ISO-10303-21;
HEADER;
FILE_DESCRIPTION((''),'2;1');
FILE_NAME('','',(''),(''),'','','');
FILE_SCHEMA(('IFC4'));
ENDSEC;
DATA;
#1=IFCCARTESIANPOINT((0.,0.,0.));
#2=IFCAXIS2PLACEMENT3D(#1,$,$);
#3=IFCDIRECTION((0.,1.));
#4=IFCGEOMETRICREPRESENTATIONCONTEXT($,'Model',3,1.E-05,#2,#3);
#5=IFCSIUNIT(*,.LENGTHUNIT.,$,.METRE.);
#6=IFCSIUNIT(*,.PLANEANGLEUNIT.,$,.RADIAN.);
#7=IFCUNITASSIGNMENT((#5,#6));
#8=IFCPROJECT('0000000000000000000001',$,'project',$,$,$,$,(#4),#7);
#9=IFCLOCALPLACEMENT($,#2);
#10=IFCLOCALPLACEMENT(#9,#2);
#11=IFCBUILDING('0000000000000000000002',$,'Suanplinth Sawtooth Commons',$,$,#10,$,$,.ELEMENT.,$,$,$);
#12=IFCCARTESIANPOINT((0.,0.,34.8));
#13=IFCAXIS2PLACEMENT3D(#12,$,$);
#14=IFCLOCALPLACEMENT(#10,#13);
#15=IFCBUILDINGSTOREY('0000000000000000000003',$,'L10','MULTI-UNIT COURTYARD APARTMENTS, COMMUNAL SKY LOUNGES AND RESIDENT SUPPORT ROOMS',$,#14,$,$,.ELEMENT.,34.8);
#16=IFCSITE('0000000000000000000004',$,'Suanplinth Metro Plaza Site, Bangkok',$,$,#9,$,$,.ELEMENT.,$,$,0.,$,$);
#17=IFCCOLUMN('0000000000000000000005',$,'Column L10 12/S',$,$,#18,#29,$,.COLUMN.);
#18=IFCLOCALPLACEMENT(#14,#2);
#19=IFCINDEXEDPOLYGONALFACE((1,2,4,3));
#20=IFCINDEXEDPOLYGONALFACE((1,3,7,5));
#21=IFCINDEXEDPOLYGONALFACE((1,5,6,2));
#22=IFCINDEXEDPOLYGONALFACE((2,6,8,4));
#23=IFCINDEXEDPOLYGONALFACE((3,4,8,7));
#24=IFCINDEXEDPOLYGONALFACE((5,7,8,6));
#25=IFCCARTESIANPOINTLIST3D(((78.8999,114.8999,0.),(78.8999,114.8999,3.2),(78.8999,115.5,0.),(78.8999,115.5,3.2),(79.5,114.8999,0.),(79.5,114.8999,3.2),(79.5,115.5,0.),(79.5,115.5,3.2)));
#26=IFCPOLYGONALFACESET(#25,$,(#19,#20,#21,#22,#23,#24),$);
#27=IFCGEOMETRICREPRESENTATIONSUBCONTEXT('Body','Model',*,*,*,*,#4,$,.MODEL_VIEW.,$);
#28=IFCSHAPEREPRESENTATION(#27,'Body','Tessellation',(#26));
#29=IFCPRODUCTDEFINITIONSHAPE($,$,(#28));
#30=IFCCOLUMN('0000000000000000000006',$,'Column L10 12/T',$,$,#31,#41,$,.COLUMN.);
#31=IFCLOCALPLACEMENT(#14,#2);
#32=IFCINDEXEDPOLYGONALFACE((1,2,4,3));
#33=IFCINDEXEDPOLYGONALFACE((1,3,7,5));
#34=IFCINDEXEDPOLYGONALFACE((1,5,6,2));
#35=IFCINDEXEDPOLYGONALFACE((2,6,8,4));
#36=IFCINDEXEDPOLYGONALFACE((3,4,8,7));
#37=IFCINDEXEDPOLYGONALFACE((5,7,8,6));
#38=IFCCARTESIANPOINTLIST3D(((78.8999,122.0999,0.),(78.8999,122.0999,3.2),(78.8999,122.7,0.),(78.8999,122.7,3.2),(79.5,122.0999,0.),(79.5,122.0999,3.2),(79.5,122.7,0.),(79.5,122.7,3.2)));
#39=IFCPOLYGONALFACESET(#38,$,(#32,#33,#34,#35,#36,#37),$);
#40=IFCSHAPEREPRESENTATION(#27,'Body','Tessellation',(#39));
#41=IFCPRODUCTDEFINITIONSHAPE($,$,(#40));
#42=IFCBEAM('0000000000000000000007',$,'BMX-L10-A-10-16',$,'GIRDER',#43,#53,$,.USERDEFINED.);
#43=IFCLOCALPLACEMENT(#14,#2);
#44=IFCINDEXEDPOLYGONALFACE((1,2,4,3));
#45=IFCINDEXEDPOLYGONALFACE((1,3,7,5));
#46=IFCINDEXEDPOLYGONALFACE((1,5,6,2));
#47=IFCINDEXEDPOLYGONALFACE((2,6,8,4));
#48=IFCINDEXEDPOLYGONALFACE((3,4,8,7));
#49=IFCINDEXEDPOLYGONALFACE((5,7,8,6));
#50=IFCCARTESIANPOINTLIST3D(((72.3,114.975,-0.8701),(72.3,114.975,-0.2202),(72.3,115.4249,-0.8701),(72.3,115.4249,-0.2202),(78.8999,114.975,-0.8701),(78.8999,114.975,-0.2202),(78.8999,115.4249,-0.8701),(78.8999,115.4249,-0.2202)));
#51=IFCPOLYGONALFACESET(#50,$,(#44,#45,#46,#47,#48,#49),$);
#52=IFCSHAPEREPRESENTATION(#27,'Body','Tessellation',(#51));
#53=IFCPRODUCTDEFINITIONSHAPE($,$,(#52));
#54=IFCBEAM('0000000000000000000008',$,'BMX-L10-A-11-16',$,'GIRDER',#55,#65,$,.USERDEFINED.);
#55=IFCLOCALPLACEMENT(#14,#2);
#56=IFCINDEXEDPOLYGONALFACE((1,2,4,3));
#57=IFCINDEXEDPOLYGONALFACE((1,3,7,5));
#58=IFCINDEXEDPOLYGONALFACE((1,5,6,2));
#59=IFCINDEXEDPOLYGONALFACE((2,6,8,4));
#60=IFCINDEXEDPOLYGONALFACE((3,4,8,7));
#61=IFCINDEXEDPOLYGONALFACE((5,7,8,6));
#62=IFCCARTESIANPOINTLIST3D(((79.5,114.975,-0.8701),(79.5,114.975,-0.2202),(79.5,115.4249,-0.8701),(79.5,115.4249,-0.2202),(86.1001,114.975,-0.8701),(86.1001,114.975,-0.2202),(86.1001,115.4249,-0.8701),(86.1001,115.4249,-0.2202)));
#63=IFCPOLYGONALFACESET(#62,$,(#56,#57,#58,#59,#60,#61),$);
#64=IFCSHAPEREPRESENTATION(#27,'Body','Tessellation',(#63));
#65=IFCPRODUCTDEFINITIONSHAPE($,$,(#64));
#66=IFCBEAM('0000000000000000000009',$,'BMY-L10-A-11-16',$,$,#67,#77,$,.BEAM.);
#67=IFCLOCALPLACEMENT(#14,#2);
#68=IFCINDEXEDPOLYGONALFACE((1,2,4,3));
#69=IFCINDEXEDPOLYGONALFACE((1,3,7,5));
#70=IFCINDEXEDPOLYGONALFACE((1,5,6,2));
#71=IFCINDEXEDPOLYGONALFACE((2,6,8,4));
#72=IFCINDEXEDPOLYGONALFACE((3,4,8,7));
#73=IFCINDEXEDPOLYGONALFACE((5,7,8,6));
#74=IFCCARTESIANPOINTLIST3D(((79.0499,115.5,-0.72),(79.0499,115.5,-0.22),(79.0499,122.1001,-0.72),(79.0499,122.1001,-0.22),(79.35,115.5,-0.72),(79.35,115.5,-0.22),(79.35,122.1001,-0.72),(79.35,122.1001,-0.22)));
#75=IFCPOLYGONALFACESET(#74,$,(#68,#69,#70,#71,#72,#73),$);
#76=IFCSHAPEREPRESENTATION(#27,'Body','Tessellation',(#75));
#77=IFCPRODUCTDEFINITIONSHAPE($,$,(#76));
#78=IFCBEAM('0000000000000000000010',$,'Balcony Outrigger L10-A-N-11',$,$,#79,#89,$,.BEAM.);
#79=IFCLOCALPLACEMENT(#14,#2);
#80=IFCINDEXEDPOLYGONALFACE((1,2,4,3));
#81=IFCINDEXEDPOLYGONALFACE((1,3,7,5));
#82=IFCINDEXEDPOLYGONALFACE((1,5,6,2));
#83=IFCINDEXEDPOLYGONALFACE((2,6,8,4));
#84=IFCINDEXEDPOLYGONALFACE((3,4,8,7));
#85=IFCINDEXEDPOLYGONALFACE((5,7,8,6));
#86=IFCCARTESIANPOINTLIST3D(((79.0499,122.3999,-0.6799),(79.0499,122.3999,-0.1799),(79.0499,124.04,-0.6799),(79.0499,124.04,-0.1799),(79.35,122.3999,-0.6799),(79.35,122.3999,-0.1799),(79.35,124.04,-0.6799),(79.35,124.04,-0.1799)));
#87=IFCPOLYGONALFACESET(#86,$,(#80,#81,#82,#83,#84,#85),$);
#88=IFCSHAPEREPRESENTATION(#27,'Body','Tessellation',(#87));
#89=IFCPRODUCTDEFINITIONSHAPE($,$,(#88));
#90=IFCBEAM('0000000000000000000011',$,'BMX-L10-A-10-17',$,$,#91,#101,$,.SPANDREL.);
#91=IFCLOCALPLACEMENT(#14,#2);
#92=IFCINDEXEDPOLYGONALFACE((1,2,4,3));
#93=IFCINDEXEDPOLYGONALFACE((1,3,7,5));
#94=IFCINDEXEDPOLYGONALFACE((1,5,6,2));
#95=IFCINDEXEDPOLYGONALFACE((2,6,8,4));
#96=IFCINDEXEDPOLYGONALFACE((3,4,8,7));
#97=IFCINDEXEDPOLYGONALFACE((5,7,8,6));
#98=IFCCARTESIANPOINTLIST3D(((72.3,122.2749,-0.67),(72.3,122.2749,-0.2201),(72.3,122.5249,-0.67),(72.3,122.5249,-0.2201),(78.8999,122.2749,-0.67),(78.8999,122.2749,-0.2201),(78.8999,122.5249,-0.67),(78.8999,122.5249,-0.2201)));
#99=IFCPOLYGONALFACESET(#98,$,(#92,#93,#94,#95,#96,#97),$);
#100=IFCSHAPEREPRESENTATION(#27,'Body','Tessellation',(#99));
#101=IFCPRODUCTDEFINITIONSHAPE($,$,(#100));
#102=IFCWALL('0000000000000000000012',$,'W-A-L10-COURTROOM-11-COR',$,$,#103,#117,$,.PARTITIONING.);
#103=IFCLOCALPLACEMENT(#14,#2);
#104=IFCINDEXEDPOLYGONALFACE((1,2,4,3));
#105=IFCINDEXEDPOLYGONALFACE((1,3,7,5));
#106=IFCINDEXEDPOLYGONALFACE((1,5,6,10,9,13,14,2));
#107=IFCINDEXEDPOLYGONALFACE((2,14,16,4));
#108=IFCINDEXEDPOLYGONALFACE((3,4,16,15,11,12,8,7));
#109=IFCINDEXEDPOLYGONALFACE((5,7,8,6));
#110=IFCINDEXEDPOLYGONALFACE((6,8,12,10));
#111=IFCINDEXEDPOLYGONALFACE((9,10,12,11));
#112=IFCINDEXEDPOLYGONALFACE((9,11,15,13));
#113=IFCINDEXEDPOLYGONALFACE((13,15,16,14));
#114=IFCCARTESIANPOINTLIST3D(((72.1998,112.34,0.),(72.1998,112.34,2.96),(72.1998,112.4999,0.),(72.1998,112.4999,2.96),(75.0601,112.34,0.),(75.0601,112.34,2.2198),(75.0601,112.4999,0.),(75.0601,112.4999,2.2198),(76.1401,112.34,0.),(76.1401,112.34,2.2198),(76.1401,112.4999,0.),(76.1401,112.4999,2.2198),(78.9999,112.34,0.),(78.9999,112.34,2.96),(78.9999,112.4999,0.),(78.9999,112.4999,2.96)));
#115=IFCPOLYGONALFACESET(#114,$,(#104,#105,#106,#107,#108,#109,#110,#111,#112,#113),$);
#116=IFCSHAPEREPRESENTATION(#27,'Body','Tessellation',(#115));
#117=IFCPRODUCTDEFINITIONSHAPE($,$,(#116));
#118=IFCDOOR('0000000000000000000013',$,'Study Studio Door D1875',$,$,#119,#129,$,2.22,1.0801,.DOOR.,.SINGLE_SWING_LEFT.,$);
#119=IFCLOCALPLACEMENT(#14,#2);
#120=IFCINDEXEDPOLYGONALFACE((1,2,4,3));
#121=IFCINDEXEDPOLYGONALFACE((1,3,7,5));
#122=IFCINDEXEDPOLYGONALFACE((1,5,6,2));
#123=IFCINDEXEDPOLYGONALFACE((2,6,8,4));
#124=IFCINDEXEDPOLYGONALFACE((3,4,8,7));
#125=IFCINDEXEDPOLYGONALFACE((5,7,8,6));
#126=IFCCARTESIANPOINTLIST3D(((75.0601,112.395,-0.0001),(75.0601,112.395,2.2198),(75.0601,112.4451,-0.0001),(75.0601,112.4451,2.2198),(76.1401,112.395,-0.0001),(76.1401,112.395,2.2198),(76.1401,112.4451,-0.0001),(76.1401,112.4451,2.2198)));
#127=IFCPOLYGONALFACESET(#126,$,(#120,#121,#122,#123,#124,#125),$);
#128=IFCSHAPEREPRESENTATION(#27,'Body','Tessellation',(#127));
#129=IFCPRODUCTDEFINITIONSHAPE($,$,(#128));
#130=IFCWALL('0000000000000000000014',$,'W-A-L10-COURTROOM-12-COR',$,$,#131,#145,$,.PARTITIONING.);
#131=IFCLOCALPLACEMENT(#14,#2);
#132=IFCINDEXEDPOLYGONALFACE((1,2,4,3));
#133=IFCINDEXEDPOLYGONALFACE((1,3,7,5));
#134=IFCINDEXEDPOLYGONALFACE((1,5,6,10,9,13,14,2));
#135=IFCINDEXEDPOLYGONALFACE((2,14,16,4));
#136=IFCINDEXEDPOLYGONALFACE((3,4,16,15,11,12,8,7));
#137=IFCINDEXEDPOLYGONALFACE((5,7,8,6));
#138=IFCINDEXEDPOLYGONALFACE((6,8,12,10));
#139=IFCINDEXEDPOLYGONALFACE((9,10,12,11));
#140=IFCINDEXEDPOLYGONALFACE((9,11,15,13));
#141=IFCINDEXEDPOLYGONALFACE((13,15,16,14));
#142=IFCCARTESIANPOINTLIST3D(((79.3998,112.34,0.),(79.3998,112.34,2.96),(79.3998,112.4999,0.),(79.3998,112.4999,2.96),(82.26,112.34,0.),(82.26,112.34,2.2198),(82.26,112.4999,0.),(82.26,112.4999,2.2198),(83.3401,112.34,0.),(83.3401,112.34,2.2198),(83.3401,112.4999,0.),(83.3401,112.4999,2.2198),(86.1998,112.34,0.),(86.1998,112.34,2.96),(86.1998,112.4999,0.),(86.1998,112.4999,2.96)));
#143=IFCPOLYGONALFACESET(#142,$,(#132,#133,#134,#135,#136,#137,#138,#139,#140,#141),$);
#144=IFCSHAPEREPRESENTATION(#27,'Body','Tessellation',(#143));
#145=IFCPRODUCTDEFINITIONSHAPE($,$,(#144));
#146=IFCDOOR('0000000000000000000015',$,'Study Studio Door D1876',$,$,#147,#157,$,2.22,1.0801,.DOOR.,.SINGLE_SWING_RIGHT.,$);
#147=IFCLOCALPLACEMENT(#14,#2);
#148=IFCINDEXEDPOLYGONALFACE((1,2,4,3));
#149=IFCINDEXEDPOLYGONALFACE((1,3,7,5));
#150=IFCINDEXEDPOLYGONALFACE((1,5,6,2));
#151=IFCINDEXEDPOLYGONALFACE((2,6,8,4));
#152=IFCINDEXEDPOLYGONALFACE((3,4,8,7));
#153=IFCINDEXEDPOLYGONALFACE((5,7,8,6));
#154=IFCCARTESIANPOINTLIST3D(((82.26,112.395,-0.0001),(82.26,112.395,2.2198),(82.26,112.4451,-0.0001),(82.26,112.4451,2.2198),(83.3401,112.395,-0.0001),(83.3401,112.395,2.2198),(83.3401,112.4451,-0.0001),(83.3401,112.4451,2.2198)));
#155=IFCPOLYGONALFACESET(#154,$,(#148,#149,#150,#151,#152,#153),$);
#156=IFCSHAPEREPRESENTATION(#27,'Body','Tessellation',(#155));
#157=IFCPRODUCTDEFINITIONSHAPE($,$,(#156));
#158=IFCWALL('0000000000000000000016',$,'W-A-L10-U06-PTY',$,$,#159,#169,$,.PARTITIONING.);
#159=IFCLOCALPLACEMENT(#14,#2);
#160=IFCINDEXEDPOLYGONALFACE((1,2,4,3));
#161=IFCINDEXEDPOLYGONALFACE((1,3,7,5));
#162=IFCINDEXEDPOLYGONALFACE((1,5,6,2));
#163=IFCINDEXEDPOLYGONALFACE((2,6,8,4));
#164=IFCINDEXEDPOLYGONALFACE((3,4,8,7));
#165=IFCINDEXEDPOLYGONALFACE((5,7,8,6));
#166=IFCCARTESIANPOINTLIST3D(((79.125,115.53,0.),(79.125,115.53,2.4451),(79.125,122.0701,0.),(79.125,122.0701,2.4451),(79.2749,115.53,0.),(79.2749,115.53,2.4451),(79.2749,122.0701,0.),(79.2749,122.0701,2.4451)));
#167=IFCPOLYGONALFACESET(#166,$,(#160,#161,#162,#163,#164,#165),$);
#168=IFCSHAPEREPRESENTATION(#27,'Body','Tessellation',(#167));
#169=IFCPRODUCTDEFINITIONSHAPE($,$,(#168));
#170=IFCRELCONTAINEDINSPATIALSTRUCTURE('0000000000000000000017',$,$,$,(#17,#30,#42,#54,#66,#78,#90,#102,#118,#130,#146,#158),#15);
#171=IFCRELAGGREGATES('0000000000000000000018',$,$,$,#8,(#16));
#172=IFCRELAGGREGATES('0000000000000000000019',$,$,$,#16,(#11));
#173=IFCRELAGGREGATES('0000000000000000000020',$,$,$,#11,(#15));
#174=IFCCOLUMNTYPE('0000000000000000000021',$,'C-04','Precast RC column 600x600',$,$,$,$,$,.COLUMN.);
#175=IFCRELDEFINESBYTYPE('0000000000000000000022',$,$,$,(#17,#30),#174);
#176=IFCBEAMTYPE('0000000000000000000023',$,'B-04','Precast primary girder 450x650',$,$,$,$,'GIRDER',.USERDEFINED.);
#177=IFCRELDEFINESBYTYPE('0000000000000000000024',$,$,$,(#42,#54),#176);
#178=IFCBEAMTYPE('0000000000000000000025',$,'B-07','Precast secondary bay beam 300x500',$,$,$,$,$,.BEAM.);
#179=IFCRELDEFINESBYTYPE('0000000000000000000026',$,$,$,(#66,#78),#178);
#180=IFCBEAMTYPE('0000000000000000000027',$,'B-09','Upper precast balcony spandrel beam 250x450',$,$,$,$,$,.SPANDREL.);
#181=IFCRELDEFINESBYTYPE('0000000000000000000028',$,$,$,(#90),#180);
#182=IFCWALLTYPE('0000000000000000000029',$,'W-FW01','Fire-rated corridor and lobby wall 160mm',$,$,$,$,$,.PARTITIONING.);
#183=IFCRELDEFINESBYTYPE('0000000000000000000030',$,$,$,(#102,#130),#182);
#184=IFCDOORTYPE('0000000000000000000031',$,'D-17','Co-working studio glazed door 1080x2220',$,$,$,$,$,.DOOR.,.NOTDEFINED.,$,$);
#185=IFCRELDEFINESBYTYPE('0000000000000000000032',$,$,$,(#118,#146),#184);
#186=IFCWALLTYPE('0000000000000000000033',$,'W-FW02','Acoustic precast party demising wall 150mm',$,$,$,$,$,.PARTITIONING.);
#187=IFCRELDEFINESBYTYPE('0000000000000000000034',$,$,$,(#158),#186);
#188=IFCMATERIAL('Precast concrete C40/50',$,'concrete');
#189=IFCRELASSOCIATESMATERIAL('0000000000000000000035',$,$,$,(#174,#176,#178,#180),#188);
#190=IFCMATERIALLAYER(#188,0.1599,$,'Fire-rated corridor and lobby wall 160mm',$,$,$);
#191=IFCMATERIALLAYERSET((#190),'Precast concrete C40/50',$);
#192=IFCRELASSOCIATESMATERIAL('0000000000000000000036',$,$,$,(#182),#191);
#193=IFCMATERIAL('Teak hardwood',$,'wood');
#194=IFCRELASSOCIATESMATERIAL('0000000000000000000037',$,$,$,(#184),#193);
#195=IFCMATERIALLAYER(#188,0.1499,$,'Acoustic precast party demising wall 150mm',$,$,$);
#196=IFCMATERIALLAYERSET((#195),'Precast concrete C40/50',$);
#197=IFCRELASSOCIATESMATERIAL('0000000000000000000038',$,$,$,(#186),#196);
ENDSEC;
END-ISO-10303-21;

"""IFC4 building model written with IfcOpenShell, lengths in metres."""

from ifc_helpers import new_model, si_unit, direction, frame, frame_2d, origin, origin_2d, place, context, subcontext, project, spatial, rectangle, extrude, material, layer, layer_set, material_profile, profile_set, type_object, element, fill, save


model = new_model("IFC4")

# Units and contexts
model_context = context("Model", 3, precision=1e-05, world=origin(), true_north=direction((0.0, 1.0)))
body_context = subcontext(model_context, "Body", "Model", "MODEL_VIEW")
ifc_project = project(units=[si_unit("LENGTHUNIT", "METRE"), si_unit("PLANEANGLEUNIT", "RADIAN")], contexts=[model_context])

# Site, building, storey
site_placement = place(None, origin())
site = spatial("IfcSite", under=ifc_project, at=site_placement, Name="Suanplinth Metro Plaza Site, Bangkok", CompositionType="ELEMENT", RefElevation=0.0)
building_placement = place(site_placement, origin())
building = spatial("IfcBuilding", under=site, at=building_placement, Name="Suanplinth Sawtooth Commons", CompositionType="ELEMENT")
storey_placement = place(building_placement, frame((0.0, 0.0, 34.8)))
storey = spatial("IfcBuildingStorey", under=building, at=storey_placement, Name="L10", Description="MULTI-UNIT COURTYARD APARTMENTS, COMMUNAL SKY LOUNGES AND RESIDENT SUPPORT ROOMS", CompositionType="ELEMENT", Elevation=34.8)

# Columns
ifc_material_1 = material(Name="Precast concrete C40/50", Category="concrete")
ifc_material_profile_1 = material_profile(ifc_material_1, rectangle(XDim=0.6001, YDim=0.6001, at=origin_2d()), Name="PC-COL 600x600")
ifc_profile_set_1 = profile_set([ifc_material_profile_1], Name="Precast concrete C40/50")
column_type = type_object("IfcColumnType", Name="C-04", Description="Precast RC column 600x600", PredefinedType="COLUMN", material=ifc_profile_set_1)
for number, where, z_axis, x_axis, name in (
    (1, (79.2, 115.2, 0.0), (0.0, 0.0, 1.0), (1.0, 0.0, 0.0), "Column L10 12/S"),
    (2, (79.2, 122.3999, 0.0), (0.0, 0.0, 1.0), (1.0, 0.0, 0.0), "Column L10 12/T"),
):
    element("IfcColumn", number, at=place(storey_placement, frame(where, z_axis=z_axis, x_axis=x_axis)), inside=storey, type_object=column_type, Name=name, PredefinedType="COLUMN", context=body_context, shape_type="SweptSolid", body=[
        extrude(rectangle(XDim=0.6001, YDim=0.6001, at=origin_2d()), origin(), (0.0, 0.0, 1.0), 3.2),
    ])

# Beams
ifc_material_profile_2 = material_profile(ifc_material_1, rectangle(XDim=0.45, YDim=0.6499, at=origin_2d()), Name="PC-GDR 450x650")
ifc_profile_set_2 = profile_set([ifc_material_profile_2], Name="Precast concrete C40/50")
beam_type_1 = type_object("IfcBeamType", Name="B-04", Description="Precast primary girder 450x650", ElementType="GIRDER", PredefinedType="USERDEFINED", material=ifc_profile_set_2)
beam_1_placement = place(storey_placement, frame((72.3, 115.2, -0.5452), z_axis=(1.0, 0.0, 0.0), x_axis=(0.0, 1.0, 0.0)))
element("IfcBeam", 3, at=beam_1_placement, inside=storey, type_object=beam_type_1, Name="BMX-L10-A-10-16", ObjectType="GIRDER", PredefinedType="USERDEFINED", context=body_context, shape_type="SweptSolid", body=[
    extrude(rectangle(XDim=0.45, YDim=0.6499, at=origin_2d()), origin(), (0.0, 0.0, 1.0), 6.5999),
])
beam_2_placement = place(storey_placement, frame((79.5, 115.2, -0.5452), z_axis=(1.0, 0.0, 0.0), x_axis=(0.0, 1.0, 0.0)))
element("IfcBeam", 4, at=beam_2_placement, inside=storey, type_object=beam_type_1, Name="BMX-L10-A-11-16", ObjectType="GIRDER", PredefinedType="USERDEFINED", context=body_context, shape_type="SweptSolid", body=[
    extrude(rectangle(XDim=0.45, YDim=0.6499, at=origin_2d()), origin(), (0.0, 0.0, 1.0), 6.6001),
])
ifc_material_profile_3 = material_profile(ifc_material_1, rectangle(XDim=0.3, YDim=0.5, at=origin_2d()), Name="PC-BM 300x500")
ifc_profile_set_3 = profile_set([ifc_material_profile_3], Name="Precast concrete C40/50")
beam_type_2 = type_object("IfcBeamType", Name="B-07", Description="Precast secondary bay beam 300x500", PredefinedType="BEAM", material=ifc_profile_set_3)
beam_3_placement = place(storey_placement, frame((79.2, 115.5, -0.47), z_axis=(0.0, 1.0, 0.0), x_axis=(-1.0, 0.0, 0.0)))
element("IfcBeam", 5, at=beam_3_placement, inside=storey, type_object=beam_type_2, Name="BMY-L10-A-11-16", PredefinedType="BEAM", context=body_context, shape_type="SweptSolid", body=[
    extrude(rectangle(XDim=0.3, YDim=0.5, at=origin_2d()), origin(), (0.0, 0.0, 1.0), 6.6001),
])
beam_4_placement = place(storey_placement, frame((79.2, 122.3999, -0.4299), z_axis=(0.0, 1.0, 0.0), x_axis=(-1.0, 0.0, 0.0)))
element("IfcBeam", 6, at=beam_4_placement, inside=storey, type_object=beam_type_2, Name="Balcony Outrigger L10-A-N-11", PredefinedType="BEAM", context=body_context, shape_type="SweptSolid", body=[
    extrude(rectangle(XDim=0.3, YDim=0.5, at=origin_2d()), origin(), (0.0, 0.0, 1.0), 1.6401),
])
ifc_material_profile_4 = material_profile(ifc_material_1, rectangle(XDim=0.25, YDim=0.45, at=origin_2d()), Name="PC-SP 250x450")
ifc_profile_set_4 = profile_set([ifc_material_profile_4], Name="Precast concrete C40/50")
beam_type_3 = type_object("IfcBeamType", Name="B-09", Description="Upper precast balcony spandrel beam 250x450", PredefinedType="SPANDREL", material=ifc_profile_set_4)
beam_5_placement = place(storey_placement, frame((72.3, 122.3999, -0.4451), z_axis=(1.0, 0.0, 0.0), x_axis=(0.0, 1.0, 0.0)))
element("IfcBeam", 7, at=beam_5_placement, inside=storey, type_object=beam_type_3, Name="BMX-L10-A-10-17", PredefinedType="SPANDREL", context=body_context, shape_type="SweptSolid", body=[
    extrude(rectangle(XDim=0.25, YDim=0.45, at=origin_2d()), origin(), (0.0, 0.0, 1.0), 6.5999),
])

# Walls, openings, doors
ifc_layer_1 = layer(ifc_material_1, 0.1599, Name="Fire-rated corridor and lobby wall 160mm")
ifc_layer_set_1 = layer_set([ifc_layer_1], Name="Precast concrete C40/50")
wall_type_1 = type_object("IfcWallType", Name="W-FW01", Description="Fire-rated corridor and lobby wall 160mm", PredefinedType="PARTITIONING", material=ifc_layer_set_1)
wall_1_placement = place(storey_placement, frame((72.2, 112.4199, 0.0), z_axis=(0.0, 0.0, 1.0), x_axis=(1.0, 0.0, 0.0)))
wall_1 = element("IfcWall", 8, at=wall_1_placement, inside=storey, type_object=wall_type_1, Name="W-A-L10-COURTROOM-11-COR", PredefinedType="PARTITIONING", context=body_context, shape_type="SweptSolid", body=[
    extrude(rectangle(XDim=6.8, YDim=0.1599, at=frame_2d((3.3999, 0.0))), origin(), (0.0, 0.0, 1.0), 2.96),
])
opening_1_placement = place(wall_1_placement, frame((2.8601, 0.0, 0.0)))
opening_1 = element("IfcOpeningElement", 9, at=opening_1_placement, cuts=wall_1, PredefinedType="OPENING", context=body_context, shape_type="SweptSolid", body=[
    extrude(rectangle(XDim=1.0801, YDim=2.22, at=frame_2d((0.54, 1.1099))), frame((0.0, 0.0947, 0.0), z_axis=(0.0, -1.0, 0.0), x_axis=(1.0, 0.0, 0.0)), (0.0, 0.0, 1.0), 0.1897),
])
ifc_material_2 = material(Name="Teak hardwood", Category="wood")
door_type_1 = type_object("IfcDoorType", Name="D-17", Description="Co-working studio glazed door 1080x2220", OperationType="NOTDEFINED", PredefinedType="DOOR", material=ifc_material_2)
door_1_placement = place(opening_1_placement, frame((1.0801, 0.0, 0.0), z_axis=(0.0, 0.0, 1.0), x_axis=(-1.0, 0.0, 0.0)))
door_1 = element("IfcDoor", 10, at=door_1_placement, inside=storey, type_object=door_type_1, Name="Study Studio Door D1875", OperationType="SINGLE_SWING_LEFT", OverallHeight=2.22, OverallWidth=1.0801, PredefinedType="DOOR", context=body_context, shape_type="SweptSolid", body=[
    extrude(rectangle(XDim=1.0801, YDim=2.22, at=frame_2d((0.54, 1.1099))), frame((0.0, 0.0249, 0.0), z_axis=(0.0, -1.0, 0.0), x_axis=(1.0, 0.0, 0.0)), (0.0, 0.0, 1.0), 0.05),
])
fill(opening_1, door_1)
wall_2_placement = place(storey_placement, frame((79.3999, 112.4199, 0.0), z_axis=(0.0, 0.0, 1.0), x_axis=(1.0, 0.0, 0.0)))
wall_2 = element("IfcWall", 11, at=wall_2_placement, inside=storey, type_object=wall_type_1, Name="W-A-L10-COURTROOM-12-COR", PredefinedType="PARTITIONING", context=body_context, shape_type="SweptSolid", body=[
    extrude(rectangle(XDim=6.8, YDim=0.1599, at=frame_2d((3.3999, 0.0))), origin(), (0.0, 0.0, 1.0), 2.96),
])
opening_2_placement = place(wall_2_placement, frame((2.8601, 0.0, 0.0)))
opening_2 = element("IfcOpeningElement", 12, at=opening_2_placement, cuts=wall_2, PredefinedType="OPENING", context=body_context, shape_type="SweptSolid", body=[
    extrude(rectangle(XDim=1.0801, YDim=2.22, at=frame_2d((0.54, 1.1099))), frame((0.0, 0.0947, 0.0), z_axis=(0.0, -1.0, 0.0), x_axis=(1.0, 0.0, 0.0)), (0.0, 0.0, 1.0), 0.1897),
])
door_2_placement = place(opening_2_placement, frame((1.0801, 0.0, 0.0), z_axis=(0.0, 0.0, 1.0), x_axis=(-1.0, 0.0, 0.0)))
door_2 = element("IfcDoor", 13, at=door_2_placement, inside=storey, type_object=door_type_1, Name="Study Studio Door D1876", OperationType="SINGLE_SWING_RIGHT", OverallHeight=2.22, OverallWidth=1.0801, PredefinedType="DOOR", context=body_context, shape_type="SweptSolid", body=[
    extrude(rectangle(XDim=1.0801, YDim=2.22, at=frame_2d((0.54, 1.1099))), frame((0.0, 0.0249, 0.0), z_axis=(0.0, -1.0, 0.0), x_axis=(1.0, 0.0, 0.0)), (0.0, 0.0, 1.0), 0.05),
])
fill(opening_2, door_2)

# Wall
ifc_layer_2 = layer(ifc_material_1, 0.1499, Name="Acoustic precast party demising wall 150mm")
ifc_layer_set_2 = layer_set([ifc_layer_2], Name="Precast concrete C40/50")
wall_type_2 = type_object("IfcWallType", Name="W-FW02", Description="Acoustic precast party demising wall 150mm", PredefinedType="PARTITIONING", material=ifc_layer_set_2)
wall_3_placement = place(storey_placement, frame((79.2, 115.53, 0.0), z_axis=(0.0, 0.0, 1.0), x_axis=(0.0, 1.0, 0.0)))
element("IfcWall", 14, at=wall_3_placement, inside=storey, type_object=wall_type_2, Name="W-A-L10-U06-PTY", PredefinedType="PARTITIONING", context=body_context, shape_type="SweptSolid", body=[
    extrude(rectangle(XDim=6.54, YDim=0.1499, at=frame_2d((3.27, 0.0))), origin(), (0.0, 0.0, 1.0), 2.4451),
])

save(model, "model.ifc")
